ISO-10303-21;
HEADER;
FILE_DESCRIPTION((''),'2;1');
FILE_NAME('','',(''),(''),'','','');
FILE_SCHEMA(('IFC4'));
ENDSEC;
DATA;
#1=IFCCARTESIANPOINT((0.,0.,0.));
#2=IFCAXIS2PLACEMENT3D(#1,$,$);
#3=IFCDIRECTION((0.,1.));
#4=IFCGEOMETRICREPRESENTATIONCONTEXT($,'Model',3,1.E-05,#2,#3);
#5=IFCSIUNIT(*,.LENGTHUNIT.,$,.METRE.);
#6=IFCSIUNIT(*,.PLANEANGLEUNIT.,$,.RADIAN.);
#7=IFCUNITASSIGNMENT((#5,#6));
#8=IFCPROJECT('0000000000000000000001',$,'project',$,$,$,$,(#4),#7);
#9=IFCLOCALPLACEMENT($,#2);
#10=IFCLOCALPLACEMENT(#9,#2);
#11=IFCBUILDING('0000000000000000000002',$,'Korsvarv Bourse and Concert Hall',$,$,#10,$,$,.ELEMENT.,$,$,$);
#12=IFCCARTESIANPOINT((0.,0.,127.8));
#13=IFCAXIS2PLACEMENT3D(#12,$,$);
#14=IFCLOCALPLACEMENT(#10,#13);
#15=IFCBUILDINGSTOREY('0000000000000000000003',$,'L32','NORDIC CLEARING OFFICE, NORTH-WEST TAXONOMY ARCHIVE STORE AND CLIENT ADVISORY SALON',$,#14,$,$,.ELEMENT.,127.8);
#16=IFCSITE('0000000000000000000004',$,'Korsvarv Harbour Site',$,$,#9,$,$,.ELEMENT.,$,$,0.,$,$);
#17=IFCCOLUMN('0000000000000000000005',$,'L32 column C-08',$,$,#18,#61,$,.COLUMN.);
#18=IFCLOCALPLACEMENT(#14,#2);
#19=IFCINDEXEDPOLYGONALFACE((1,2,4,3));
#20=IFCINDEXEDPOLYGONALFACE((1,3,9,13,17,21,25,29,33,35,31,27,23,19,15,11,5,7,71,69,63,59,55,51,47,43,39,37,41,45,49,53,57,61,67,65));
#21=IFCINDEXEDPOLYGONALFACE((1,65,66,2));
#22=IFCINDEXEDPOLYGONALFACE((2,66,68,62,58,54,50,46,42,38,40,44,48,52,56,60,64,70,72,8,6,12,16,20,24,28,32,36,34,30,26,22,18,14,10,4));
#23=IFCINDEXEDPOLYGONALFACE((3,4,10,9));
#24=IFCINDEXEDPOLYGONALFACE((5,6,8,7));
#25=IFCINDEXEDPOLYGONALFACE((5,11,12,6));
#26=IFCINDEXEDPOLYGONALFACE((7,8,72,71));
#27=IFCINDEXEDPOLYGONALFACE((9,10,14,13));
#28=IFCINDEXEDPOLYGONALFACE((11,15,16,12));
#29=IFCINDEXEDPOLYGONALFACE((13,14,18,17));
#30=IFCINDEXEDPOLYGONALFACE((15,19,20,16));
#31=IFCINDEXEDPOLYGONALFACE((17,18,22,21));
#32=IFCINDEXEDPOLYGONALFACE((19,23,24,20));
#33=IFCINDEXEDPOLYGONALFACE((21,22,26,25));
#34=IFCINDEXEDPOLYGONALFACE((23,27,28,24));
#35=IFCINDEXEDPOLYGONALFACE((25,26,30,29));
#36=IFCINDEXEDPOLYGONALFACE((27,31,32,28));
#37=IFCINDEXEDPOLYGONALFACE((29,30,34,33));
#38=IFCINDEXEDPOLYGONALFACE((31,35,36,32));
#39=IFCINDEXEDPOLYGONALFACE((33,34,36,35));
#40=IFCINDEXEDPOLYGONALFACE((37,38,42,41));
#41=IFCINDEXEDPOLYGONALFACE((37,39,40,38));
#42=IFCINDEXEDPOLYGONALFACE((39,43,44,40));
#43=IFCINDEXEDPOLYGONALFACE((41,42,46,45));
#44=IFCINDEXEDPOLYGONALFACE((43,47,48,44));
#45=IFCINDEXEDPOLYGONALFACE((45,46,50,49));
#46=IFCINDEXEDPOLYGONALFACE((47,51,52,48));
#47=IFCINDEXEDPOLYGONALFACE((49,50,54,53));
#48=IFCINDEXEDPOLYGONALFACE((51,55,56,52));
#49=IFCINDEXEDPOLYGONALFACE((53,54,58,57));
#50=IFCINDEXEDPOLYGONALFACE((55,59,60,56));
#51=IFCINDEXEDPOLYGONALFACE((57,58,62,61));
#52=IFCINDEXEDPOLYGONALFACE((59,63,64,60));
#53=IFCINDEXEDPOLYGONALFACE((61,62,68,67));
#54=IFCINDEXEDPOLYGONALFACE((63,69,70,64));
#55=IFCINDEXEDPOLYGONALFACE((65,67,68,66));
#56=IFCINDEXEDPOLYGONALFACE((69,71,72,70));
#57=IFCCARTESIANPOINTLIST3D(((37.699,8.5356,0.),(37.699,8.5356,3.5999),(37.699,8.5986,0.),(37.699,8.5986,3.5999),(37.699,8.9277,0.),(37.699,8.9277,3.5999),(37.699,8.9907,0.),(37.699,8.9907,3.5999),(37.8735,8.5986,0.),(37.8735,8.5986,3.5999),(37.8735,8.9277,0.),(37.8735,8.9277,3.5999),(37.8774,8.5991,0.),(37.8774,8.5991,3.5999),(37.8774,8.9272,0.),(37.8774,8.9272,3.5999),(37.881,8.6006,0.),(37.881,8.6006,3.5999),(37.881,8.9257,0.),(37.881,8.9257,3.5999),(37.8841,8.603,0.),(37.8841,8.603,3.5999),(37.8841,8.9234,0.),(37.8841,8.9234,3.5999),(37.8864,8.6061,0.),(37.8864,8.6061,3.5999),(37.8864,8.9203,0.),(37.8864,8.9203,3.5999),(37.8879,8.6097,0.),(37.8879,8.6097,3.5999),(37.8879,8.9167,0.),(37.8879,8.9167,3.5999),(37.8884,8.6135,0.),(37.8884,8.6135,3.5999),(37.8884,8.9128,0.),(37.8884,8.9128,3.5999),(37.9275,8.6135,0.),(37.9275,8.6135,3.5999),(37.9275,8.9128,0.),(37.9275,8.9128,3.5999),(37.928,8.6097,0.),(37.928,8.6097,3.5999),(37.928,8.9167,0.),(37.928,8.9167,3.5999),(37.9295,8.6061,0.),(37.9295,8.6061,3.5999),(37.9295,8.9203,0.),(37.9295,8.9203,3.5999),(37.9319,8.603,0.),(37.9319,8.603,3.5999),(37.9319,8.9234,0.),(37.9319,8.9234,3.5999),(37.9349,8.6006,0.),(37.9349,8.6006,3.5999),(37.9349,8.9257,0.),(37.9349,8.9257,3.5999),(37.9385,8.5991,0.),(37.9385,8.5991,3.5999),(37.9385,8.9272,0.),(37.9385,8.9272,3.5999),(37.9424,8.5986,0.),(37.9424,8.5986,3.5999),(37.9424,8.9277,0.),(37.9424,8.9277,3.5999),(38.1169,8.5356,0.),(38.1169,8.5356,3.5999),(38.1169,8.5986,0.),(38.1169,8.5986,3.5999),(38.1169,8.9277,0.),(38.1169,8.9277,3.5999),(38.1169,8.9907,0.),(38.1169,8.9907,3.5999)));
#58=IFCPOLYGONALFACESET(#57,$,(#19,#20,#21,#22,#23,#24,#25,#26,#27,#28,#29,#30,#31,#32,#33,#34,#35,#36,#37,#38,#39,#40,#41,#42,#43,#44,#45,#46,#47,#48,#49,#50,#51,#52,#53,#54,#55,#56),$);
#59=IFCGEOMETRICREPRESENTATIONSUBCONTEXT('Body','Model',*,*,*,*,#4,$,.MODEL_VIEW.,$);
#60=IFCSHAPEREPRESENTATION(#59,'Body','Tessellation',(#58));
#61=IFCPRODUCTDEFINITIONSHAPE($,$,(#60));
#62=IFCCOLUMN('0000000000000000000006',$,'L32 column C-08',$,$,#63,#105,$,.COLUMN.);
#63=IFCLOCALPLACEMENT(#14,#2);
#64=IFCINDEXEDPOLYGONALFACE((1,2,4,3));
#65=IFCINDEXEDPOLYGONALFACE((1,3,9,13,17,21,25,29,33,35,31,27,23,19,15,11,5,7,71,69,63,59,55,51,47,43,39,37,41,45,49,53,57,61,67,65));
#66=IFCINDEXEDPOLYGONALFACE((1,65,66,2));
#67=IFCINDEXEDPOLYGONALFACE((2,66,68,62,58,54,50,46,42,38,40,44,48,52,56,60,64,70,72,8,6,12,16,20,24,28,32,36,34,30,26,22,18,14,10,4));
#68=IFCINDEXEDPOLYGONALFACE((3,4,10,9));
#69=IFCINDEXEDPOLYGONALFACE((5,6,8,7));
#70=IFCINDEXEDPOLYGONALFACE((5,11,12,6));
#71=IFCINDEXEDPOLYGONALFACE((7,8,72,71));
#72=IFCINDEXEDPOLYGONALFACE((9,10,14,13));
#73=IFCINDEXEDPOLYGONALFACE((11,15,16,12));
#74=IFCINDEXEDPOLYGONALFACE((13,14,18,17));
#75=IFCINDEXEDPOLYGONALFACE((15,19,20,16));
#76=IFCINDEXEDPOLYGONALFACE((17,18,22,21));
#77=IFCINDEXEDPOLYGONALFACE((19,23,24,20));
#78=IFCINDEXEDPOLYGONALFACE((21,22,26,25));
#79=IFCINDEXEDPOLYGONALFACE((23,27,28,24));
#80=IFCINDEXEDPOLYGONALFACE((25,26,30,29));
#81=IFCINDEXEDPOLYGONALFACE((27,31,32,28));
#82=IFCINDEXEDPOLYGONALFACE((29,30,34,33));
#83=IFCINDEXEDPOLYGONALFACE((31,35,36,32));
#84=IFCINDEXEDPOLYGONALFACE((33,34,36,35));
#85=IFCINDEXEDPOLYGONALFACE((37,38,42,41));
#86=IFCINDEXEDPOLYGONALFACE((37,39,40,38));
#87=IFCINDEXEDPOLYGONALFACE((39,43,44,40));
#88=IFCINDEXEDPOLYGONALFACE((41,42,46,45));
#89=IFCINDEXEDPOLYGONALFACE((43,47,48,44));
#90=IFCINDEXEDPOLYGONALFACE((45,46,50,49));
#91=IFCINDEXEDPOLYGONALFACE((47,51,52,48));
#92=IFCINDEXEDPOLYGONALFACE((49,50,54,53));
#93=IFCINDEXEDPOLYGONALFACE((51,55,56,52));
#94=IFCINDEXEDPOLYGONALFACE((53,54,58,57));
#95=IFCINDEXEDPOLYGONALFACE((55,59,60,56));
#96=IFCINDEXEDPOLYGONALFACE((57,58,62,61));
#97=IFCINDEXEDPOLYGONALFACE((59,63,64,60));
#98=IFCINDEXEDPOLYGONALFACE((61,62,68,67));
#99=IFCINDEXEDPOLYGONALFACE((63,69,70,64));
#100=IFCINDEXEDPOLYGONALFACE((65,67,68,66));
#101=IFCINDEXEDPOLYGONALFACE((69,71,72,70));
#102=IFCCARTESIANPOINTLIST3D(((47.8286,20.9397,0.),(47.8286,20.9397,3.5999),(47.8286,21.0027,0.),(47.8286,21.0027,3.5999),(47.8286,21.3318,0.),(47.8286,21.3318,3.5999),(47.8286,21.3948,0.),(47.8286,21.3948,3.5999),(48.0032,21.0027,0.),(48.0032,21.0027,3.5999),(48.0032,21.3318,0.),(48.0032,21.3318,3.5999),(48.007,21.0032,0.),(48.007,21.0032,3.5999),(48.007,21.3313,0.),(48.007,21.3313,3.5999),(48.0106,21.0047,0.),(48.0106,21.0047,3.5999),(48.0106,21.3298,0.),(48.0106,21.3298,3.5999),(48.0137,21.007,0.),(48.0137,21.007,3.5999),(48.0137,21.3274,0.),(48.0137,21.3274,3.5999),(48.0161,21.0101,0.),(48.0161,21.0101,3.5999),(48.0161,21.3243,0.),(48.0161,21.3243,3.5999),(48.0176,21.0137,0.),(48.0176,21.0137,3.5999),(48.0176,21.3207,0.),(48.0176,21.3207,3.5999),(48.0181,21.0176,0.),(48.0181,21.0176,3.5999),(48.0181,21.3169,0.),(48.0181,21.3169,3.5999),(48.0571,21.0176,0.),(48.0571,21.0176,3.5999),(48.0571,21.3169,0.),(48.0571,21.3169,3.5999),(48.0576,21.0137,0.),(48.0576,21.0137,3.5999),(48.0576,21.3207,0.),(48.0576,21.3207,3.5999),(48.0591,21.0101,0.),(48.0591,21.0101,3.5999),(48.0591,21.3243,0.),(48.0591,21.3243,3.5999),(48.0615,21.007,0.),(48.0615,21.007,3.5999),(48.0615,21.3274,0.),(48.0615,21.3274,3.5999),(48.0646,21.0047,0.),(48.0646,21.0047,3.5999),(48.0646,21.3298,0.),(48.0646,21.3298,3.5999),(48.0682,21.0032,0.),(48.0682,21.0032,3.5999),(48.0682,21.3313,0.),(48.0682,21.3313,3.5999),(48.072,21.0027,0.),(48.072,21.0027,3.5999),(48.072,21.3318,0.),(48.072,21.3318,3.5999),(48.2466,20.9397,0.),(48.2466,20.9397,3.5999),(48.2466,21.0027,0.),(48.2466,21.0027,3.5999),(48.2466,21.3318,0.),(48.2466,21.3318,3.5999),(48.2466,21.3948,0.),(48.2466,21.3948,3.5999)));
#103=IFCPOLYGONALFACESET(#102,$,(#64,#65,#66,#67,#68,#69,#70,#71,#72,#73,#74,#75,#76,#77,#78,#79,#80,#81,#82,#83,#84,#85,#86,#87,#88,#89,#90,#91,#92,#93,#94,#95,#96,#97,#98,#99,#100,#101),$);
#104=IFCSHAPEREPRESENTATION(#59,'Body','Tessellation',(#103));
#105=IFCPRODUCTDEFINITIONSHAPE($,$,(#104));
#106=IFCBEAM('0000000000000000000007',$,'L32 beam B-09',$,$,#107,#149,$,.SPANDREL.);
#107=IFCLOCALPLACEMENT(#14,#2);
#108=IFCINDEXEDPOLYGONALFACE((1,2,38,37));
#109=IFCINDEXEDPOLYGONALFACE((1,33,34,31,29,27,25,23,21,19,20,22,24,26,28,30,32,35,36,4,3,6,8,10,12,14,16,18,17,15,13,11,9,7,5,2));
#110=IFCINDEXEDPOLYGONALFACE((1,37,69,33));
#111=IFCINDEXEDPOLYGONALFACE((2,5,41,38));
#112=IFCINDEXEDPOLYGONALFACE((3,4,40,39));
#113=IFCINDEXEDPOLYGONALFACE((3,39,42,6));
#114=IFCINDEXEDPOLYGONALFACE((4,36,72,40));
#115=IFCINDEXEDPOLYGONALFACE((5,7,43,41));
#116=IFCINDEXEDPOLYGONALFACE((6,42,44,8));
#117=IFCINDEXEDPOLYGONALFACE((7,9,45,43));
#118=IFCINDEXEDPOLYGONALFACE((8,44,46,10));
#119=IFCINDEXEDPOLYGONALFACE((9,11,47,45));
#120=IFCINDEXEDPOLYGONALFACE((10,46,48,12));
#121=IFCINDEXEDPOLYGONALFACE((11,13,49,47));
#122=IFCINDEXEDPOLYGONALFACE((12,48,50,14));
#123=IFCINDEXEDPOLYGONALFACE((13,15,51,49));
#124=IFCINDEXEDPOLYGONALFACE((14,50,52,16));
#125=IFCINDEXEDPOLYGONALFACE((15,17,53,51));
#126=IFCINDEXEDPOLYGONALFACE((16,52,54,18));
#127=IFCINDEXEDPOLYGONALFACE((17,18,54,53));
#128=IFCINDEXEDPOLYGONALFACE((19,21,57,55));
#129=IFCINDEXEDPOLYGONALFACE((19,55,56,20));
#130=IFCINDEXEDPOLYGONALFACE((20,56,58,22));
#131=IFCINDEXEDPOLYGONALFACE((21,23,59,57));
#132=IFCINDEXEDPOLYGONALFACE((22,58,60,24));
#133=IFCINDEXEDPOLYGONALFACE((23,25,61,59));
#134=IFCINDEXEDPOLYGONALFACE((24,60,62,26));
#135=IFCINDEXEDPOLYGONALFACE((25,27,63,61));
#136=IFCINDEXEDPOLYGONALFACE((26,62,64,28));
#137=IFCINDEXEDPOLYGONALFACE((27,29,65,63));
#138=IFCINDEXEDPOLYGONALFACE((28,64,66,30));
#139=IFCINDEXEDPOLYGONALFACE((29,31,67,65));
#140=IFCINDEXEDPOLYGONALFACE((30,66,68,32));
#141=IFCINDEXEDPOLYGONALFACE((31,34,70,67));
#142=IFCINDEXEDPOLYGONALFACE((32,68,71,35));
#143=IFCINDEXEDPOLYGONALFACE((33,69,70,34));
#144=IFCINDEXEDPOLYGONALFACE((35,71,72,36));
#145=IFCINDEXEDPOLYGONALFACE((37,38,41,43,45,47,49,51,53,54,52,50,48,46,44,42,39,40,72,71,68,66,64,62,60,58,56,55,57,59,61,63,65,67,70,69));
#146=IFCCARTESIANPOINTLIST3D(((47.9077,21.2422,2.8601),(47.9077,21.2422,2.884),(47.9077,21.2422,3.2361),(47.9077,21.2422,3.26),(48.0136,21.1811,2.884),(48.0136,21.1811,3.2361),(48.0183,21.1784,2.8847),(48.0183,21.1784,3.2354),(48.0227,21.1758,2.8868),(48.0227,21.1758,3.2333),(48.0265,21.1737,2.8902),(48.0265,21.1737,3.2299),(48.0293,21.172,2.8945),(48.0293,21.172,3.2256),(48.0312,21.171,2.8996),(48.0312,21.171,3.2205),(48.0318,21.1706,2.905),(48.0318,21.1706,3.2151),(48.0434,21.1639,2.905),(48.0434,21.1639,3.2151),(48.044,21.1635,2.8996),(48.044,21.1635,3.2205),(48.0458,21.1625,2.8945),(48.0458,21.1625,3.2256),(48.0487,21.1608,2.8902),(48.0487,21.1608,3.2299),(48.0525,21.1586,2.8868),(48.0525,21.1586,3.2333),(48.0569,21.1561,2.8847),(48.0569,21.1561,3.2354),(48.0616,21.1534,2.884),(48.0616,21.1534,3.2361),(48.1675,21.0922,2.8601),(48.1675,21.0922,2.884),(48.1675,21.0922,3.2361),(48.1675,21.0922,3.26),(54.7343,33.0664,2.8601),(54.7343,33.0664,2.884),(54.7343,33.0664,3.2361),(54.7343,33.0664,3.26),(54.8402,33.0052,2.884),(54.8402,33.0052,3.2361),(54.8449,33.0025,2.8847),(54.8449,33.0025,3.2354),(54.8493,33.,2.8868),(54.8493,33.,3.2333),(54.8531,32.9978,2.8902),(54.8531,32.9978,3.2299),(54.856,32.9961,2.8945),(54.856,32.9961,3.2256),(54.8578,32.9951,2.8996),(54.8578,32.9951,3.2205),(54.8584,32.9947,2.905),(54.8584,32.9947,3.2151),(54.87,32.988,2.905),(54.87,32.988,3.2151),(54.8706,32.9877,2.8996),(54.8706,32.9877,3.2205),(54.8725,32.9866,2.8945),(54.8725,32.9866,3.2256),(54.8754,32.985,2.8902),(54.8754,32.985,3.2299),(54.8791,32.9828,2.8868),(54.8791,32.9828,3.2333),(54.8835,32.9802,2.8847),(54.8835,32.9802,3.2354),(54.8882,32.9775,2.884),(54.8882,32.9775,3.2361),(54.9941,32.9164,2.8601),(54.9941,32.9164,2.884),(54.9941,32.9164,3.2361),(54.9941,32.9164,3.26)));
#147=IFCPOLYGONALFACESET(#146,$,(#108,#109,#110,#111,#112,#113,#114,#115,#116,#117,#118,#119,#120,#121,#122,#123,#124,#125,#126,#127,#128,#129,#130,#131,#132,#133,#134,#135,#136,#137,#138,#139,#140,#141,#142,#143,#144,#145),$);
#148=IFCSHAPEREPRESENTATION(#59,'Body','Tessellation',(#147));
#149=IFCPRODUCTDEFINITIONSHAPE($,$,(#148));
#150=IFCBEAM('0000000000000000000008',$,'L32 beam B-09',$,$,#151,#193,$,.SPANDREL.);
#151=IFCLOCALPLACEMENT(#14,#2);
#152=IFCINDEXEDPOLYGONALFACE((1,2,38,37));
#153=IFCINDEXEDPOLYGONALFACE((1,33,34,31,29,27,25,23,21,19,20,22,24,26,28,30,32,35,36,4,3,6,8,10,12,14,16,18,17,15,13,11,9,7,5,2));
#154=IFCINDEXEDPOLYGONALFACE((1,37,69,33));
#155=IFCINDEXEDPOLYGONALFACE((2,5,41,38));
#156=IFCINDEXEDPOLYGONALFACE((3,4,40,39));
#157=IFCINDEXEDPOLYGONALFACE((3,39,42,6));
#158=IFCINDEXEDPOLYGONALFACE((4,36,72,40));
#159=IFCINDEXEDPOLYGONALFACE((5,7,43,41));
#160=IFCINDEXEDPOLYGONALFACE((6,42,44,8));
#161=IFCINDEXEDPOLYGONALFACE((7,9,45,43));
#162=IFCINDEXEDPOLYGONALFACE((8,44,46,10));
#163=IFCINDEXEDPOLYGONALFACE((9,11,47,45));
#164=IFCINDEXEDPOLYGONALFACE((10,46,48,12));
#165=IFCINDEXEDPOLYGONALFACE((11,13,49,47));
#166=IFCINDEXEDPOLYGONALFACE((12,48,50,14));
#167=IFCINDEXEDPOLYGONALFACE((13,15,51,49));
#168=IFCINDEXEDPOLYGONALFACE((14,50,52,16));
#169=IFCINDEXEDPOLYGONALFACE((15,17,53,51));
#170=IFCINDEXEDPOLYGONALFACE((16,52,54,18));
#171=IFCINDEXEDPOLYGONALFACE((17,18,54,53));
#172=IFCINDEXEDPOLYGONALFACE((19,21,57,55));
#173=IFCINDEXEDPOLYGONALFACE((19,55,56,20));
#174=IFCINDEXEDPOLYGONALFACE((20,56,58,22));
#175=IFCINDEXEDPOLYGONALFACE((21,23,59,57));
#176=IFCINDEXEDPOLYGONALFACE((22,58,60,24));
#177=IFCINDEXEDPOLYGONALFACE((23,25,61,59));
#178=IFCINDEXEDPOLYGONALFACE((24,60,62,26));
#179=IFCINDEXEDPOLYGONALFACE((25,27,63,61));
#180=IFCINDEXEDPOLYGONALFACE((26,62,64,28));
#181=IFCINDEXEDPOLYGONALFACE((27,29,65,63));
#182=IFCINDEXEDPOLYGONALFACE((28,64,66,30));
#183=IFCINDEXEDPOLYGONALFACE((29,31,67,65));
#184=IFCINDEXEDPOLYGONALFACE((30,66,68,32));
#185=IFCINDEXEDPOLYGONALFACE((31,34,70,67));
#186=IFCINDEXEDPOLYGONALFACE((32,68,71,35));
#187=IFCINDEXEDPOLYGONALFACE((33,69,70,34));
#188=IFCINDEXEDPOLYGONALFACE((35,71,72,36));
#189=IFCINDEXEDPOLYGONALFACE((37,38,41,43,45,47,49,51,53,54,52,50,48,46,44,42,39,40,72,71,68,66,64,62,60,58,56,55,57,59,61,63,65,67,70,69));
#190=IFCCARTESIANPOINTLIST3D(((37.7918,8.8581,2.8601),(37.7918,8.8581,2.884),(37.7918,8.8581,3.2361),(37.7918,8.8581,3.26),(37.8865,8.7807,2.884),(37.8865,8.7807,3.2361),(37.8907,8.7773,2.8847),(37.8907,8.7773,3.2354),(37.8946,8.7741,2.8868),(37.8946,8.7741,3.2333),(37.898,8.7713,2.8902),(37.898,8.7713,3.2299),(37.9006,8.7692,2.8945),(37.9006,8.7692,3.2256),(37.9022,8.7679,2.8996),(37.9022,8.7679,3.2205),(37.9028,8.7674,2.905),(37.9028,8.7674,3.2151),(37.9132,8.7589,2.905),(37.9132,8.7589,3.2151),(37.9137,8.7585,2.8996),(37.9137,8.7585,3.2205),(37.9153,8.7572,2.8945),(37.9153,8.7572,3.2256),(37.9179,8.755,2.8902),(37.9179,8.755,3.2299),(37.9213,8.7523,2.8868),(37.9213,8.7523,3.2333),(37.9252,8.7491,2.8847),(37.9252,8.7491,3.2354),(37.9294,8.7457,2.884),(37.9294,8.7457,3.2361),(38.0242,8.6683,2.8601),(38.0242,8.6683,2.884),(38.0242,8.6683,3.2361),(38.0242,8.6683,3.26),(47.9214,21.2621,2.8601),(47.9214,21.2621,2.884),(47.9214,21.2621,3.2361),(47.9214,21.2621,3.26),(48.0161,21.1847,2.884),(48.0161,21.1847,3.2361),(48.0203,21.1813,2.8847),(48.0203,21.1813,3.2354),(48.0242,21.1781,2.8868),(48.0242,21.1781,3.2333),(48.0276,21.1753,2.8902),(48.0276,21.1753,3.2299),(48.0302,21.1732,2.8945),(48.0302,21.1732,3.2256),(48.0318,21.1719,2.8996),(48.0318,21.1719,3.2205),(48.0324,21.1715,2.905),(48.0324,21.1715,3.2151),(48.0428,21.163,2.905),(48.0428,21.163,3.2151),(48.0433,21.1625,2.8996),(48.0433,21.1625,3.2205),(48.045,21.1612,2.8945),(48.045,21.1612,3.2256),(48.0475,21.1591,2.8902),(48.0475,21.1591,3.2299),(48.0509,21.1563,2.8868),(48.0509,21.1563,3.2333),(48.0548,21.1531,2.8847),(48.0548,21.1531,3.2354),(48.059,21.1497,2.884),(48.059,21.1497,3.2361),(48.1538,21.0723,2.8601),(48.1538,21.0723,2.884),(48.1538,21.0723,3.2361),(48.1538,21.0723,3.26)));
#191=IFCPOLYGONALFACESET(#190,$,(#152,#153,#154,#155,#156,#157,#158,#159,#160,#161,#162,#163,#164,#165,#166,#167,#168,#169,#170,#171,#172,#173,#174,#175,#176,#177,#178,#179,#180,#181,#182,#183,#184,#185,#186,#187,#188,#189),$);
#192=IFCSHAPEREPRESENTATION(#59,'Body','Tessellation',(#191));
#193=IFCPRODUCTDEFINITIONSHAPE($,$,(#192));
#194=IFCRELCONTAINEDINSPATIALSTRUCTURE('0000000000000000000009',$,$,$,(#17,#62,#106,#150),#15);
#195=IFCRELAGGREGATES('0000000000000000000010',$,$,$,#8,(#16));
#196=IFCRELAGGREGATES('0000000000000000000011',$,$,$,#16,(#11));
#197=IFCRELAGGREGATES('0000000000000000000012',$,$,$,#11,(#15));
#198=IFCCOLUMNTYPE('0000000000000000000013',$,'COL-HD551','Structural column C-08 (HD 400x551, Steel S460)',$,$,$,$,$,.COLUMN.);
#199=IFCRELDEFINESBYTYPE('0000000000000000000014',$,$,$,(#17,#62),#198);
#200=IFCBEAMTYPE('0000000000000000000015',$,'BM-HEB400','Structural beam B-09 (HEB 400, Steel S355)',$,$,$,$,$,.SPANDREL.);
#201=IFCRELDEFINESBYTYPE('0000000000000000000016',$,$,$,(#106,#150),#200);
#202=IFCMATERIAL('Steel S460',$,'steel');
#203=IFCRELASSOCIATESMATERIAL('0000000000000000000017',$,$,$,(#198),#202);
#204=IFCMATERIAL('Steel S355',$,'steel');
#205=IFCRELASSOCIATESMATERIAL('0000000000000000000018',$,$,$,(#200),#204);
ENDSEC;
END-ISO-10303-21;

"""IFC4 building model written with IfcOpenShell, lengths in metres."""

from ifc_helpers import new_model, si_unit, direction, frame, origin, origin_2d, place, context, subcontext, project, spatial, i_section, extrude, source, transform, mapped, material, material_profile, profile_set, type_object, element, save


model = new_model("IFC4")

# Units and contexts
model_context = context("Model", 3, precision=1e-05, world=origin(), true_north=direction((0.0, 1.0)))
body_context = subcontext(model_context, "Body", "Model", "MODEL_VIEW")
ifc_project = project(units=[si_unit("LENGTHUNIT", "METRE"), si_unit("PLANEANGLEUNIT", "RADIAN")], contexts=[model_context])

# Site, building, storey
site_placement = place(None, origin())
site = spatial("IfcSite", under=ifc_project, at=site_placement, Name="Korsvarv Harbour Site", CompositionType="ELEMENT", RefElevation=0.0)
building_placement = place(site_placement, origin())
building = spatial("IfcBuilding", under=site, at=building_placement, Name="Korsvarv Bourse and Concert Hall", CompositionType="ELEMENT")
storey_placement = place(building_placement, frame((0.0, 0.0, 127.8)))
storey = spatial("IfcBuildingStorey", under=building, at=storey_placement, Name="L32", Description="NORDIC CLEARING OFFICE, NORTH-WEST TAXONOMY ARCHIVE STORE AND CLIENT ADVISORY SALON", CompositionType="ELEMENT", Elevation=127.8)

# Columns
ifc_material_1 = material(Name="Steel S460", Category="steel")
ifc_material_profile_1 = material_profile(ifc_material_1, i_section(OverallWidth=0.418, OverallDepth=0.4551, WebThickness=0.0391, FlangeThickness=0.063, FilletRadius=0.0149, at=origin_2d()), Name="HD 400x551")
ifc_profile_set_1 = profile_set([ifc_material_profile_1], Name="Steel S460")
column_type = type_object("IfcColumnType", Name="COL-HD551", Description="Structural column C-08 (HD 400x551, Steel S460)", PredefinedType="COLUMN", material=ifc_profile_set_1)
shared_shape_1 = source(origin(), body_context, "Body", "SweptSolid", [
    extrude(i_section(OverallWidth=0.418, OverallDepth=0.4551, WebThickness=0.0391, FlangeThickness=0.063, FilletRadius=0.0149, at=origin_2d()), origin(), (0.0, 0.0, 1.0), 3.5999),
])
for number, where, z_axis, x_axis, name in (
    (1, (37.908, 8.7632, 0.0), (0.0, 0.0, 1.0), (1.0, 0.0, 0.0), "L32 column C-08"),
    (2, (48.0376, 21.1672, 0.0), (0.0, 0.0, 1.0), (1.0, 0.0, 0.0), "L32 column C-08"),
):
    element("IfcColumn", number, at=place(storey_placement, frame(where, z_axis=z_axis, x_axis=x_axis)), inside=storey, type_object=column_type, Name=name, PredefinedType="COLUMN", context=body_context, shape_type="MappedRepresentation", body=[
        mapped(shared_shape_1, transform((0.0, 0.0, 0.0), scale=1.0)),
    ])

# Beams
ifc_material_2 = material(Name="Steel S355", Category="steel")
ifc_material_profile_2 = material_profile(ifc_material_2, i_section(OverallWidth=0.3, OverallDepth=0.3999, WebThickness=0.0134, FlangeThickness=0.0239, FilletRadius=0.021, at=origin_2d()), Name="HEB 400")
ifc_profile_set_2 = profile_set([ifc_material_profile_2], Name="Steel S355")
beam_type_1 = type_object("IfcBeamType", Name="BM-HEB400", Description="Structural beam B-09 (HEB 400, Steel S355)", PredefinedType="SPANDREL", material=ifc_profile_set_2)
shared_shape_2 = source(origin(), body_context, "Body", "SweptSolid", [
    extrude(i_section(OverallWidth=0.3, OverallDepth=0.3999, WebThickness=0.0134, FlangeThickness=0.0239, FilletRadius=0.021, at=origin_2d()), origin(), (0.0, 0.0, 1.0), 13.6533),
])
beam_1_placement = place(storey_placement, frame((48.0376, 21.1672, 3.0601), z_axis=(0.499997, 0.866027, 0.0), x_axis=(-0.866027, 0.499997, 0.0)))
element("IfcBeam", 3, at=beam_1_placement, inside=storey, type_object=beam_type_1, Name="L32 beam B-09", PredefinedType="SPANDREL", context=body_context, shape_type="MappedRepresentation", body=[
    mapped(shared_shape_2, transform((0.0, 0.0, 0.0), scale=1.0)),
])
shared_shape_3 = source(origin(), body_context, "Body", "SweptSolid", [
    extrude(i_section(OverallWidth=0.3, OverallDepth=0.3999, WebThickness=0.0134, FlangeThickness=0.0239, FilletRadius=0.021, at=origin_2d()), origin(), (0.0, 0.0, 1.0), 16.0146),
])
beam_2_placement = place(storey_placement, frame((37.908, 8.7632, 3.0601), z_axis=(0.632522, 0.774542, 0.0), x_axis=(-0.774542, 0.632522, 0.0)))
element("IfcBeam", 4, at=beam_2_placement, inside=storey, type_object=beam_type_1, Name="L32 beam B-09", PredefinedType="SPANDREL", context=body_context, shape_type="MappedRepresentation", body=[
    mapped(shared_shape_3, transform((0.0, 0.0, 0.0), scale=1.0)),
])

save(model, "model.ifc")
